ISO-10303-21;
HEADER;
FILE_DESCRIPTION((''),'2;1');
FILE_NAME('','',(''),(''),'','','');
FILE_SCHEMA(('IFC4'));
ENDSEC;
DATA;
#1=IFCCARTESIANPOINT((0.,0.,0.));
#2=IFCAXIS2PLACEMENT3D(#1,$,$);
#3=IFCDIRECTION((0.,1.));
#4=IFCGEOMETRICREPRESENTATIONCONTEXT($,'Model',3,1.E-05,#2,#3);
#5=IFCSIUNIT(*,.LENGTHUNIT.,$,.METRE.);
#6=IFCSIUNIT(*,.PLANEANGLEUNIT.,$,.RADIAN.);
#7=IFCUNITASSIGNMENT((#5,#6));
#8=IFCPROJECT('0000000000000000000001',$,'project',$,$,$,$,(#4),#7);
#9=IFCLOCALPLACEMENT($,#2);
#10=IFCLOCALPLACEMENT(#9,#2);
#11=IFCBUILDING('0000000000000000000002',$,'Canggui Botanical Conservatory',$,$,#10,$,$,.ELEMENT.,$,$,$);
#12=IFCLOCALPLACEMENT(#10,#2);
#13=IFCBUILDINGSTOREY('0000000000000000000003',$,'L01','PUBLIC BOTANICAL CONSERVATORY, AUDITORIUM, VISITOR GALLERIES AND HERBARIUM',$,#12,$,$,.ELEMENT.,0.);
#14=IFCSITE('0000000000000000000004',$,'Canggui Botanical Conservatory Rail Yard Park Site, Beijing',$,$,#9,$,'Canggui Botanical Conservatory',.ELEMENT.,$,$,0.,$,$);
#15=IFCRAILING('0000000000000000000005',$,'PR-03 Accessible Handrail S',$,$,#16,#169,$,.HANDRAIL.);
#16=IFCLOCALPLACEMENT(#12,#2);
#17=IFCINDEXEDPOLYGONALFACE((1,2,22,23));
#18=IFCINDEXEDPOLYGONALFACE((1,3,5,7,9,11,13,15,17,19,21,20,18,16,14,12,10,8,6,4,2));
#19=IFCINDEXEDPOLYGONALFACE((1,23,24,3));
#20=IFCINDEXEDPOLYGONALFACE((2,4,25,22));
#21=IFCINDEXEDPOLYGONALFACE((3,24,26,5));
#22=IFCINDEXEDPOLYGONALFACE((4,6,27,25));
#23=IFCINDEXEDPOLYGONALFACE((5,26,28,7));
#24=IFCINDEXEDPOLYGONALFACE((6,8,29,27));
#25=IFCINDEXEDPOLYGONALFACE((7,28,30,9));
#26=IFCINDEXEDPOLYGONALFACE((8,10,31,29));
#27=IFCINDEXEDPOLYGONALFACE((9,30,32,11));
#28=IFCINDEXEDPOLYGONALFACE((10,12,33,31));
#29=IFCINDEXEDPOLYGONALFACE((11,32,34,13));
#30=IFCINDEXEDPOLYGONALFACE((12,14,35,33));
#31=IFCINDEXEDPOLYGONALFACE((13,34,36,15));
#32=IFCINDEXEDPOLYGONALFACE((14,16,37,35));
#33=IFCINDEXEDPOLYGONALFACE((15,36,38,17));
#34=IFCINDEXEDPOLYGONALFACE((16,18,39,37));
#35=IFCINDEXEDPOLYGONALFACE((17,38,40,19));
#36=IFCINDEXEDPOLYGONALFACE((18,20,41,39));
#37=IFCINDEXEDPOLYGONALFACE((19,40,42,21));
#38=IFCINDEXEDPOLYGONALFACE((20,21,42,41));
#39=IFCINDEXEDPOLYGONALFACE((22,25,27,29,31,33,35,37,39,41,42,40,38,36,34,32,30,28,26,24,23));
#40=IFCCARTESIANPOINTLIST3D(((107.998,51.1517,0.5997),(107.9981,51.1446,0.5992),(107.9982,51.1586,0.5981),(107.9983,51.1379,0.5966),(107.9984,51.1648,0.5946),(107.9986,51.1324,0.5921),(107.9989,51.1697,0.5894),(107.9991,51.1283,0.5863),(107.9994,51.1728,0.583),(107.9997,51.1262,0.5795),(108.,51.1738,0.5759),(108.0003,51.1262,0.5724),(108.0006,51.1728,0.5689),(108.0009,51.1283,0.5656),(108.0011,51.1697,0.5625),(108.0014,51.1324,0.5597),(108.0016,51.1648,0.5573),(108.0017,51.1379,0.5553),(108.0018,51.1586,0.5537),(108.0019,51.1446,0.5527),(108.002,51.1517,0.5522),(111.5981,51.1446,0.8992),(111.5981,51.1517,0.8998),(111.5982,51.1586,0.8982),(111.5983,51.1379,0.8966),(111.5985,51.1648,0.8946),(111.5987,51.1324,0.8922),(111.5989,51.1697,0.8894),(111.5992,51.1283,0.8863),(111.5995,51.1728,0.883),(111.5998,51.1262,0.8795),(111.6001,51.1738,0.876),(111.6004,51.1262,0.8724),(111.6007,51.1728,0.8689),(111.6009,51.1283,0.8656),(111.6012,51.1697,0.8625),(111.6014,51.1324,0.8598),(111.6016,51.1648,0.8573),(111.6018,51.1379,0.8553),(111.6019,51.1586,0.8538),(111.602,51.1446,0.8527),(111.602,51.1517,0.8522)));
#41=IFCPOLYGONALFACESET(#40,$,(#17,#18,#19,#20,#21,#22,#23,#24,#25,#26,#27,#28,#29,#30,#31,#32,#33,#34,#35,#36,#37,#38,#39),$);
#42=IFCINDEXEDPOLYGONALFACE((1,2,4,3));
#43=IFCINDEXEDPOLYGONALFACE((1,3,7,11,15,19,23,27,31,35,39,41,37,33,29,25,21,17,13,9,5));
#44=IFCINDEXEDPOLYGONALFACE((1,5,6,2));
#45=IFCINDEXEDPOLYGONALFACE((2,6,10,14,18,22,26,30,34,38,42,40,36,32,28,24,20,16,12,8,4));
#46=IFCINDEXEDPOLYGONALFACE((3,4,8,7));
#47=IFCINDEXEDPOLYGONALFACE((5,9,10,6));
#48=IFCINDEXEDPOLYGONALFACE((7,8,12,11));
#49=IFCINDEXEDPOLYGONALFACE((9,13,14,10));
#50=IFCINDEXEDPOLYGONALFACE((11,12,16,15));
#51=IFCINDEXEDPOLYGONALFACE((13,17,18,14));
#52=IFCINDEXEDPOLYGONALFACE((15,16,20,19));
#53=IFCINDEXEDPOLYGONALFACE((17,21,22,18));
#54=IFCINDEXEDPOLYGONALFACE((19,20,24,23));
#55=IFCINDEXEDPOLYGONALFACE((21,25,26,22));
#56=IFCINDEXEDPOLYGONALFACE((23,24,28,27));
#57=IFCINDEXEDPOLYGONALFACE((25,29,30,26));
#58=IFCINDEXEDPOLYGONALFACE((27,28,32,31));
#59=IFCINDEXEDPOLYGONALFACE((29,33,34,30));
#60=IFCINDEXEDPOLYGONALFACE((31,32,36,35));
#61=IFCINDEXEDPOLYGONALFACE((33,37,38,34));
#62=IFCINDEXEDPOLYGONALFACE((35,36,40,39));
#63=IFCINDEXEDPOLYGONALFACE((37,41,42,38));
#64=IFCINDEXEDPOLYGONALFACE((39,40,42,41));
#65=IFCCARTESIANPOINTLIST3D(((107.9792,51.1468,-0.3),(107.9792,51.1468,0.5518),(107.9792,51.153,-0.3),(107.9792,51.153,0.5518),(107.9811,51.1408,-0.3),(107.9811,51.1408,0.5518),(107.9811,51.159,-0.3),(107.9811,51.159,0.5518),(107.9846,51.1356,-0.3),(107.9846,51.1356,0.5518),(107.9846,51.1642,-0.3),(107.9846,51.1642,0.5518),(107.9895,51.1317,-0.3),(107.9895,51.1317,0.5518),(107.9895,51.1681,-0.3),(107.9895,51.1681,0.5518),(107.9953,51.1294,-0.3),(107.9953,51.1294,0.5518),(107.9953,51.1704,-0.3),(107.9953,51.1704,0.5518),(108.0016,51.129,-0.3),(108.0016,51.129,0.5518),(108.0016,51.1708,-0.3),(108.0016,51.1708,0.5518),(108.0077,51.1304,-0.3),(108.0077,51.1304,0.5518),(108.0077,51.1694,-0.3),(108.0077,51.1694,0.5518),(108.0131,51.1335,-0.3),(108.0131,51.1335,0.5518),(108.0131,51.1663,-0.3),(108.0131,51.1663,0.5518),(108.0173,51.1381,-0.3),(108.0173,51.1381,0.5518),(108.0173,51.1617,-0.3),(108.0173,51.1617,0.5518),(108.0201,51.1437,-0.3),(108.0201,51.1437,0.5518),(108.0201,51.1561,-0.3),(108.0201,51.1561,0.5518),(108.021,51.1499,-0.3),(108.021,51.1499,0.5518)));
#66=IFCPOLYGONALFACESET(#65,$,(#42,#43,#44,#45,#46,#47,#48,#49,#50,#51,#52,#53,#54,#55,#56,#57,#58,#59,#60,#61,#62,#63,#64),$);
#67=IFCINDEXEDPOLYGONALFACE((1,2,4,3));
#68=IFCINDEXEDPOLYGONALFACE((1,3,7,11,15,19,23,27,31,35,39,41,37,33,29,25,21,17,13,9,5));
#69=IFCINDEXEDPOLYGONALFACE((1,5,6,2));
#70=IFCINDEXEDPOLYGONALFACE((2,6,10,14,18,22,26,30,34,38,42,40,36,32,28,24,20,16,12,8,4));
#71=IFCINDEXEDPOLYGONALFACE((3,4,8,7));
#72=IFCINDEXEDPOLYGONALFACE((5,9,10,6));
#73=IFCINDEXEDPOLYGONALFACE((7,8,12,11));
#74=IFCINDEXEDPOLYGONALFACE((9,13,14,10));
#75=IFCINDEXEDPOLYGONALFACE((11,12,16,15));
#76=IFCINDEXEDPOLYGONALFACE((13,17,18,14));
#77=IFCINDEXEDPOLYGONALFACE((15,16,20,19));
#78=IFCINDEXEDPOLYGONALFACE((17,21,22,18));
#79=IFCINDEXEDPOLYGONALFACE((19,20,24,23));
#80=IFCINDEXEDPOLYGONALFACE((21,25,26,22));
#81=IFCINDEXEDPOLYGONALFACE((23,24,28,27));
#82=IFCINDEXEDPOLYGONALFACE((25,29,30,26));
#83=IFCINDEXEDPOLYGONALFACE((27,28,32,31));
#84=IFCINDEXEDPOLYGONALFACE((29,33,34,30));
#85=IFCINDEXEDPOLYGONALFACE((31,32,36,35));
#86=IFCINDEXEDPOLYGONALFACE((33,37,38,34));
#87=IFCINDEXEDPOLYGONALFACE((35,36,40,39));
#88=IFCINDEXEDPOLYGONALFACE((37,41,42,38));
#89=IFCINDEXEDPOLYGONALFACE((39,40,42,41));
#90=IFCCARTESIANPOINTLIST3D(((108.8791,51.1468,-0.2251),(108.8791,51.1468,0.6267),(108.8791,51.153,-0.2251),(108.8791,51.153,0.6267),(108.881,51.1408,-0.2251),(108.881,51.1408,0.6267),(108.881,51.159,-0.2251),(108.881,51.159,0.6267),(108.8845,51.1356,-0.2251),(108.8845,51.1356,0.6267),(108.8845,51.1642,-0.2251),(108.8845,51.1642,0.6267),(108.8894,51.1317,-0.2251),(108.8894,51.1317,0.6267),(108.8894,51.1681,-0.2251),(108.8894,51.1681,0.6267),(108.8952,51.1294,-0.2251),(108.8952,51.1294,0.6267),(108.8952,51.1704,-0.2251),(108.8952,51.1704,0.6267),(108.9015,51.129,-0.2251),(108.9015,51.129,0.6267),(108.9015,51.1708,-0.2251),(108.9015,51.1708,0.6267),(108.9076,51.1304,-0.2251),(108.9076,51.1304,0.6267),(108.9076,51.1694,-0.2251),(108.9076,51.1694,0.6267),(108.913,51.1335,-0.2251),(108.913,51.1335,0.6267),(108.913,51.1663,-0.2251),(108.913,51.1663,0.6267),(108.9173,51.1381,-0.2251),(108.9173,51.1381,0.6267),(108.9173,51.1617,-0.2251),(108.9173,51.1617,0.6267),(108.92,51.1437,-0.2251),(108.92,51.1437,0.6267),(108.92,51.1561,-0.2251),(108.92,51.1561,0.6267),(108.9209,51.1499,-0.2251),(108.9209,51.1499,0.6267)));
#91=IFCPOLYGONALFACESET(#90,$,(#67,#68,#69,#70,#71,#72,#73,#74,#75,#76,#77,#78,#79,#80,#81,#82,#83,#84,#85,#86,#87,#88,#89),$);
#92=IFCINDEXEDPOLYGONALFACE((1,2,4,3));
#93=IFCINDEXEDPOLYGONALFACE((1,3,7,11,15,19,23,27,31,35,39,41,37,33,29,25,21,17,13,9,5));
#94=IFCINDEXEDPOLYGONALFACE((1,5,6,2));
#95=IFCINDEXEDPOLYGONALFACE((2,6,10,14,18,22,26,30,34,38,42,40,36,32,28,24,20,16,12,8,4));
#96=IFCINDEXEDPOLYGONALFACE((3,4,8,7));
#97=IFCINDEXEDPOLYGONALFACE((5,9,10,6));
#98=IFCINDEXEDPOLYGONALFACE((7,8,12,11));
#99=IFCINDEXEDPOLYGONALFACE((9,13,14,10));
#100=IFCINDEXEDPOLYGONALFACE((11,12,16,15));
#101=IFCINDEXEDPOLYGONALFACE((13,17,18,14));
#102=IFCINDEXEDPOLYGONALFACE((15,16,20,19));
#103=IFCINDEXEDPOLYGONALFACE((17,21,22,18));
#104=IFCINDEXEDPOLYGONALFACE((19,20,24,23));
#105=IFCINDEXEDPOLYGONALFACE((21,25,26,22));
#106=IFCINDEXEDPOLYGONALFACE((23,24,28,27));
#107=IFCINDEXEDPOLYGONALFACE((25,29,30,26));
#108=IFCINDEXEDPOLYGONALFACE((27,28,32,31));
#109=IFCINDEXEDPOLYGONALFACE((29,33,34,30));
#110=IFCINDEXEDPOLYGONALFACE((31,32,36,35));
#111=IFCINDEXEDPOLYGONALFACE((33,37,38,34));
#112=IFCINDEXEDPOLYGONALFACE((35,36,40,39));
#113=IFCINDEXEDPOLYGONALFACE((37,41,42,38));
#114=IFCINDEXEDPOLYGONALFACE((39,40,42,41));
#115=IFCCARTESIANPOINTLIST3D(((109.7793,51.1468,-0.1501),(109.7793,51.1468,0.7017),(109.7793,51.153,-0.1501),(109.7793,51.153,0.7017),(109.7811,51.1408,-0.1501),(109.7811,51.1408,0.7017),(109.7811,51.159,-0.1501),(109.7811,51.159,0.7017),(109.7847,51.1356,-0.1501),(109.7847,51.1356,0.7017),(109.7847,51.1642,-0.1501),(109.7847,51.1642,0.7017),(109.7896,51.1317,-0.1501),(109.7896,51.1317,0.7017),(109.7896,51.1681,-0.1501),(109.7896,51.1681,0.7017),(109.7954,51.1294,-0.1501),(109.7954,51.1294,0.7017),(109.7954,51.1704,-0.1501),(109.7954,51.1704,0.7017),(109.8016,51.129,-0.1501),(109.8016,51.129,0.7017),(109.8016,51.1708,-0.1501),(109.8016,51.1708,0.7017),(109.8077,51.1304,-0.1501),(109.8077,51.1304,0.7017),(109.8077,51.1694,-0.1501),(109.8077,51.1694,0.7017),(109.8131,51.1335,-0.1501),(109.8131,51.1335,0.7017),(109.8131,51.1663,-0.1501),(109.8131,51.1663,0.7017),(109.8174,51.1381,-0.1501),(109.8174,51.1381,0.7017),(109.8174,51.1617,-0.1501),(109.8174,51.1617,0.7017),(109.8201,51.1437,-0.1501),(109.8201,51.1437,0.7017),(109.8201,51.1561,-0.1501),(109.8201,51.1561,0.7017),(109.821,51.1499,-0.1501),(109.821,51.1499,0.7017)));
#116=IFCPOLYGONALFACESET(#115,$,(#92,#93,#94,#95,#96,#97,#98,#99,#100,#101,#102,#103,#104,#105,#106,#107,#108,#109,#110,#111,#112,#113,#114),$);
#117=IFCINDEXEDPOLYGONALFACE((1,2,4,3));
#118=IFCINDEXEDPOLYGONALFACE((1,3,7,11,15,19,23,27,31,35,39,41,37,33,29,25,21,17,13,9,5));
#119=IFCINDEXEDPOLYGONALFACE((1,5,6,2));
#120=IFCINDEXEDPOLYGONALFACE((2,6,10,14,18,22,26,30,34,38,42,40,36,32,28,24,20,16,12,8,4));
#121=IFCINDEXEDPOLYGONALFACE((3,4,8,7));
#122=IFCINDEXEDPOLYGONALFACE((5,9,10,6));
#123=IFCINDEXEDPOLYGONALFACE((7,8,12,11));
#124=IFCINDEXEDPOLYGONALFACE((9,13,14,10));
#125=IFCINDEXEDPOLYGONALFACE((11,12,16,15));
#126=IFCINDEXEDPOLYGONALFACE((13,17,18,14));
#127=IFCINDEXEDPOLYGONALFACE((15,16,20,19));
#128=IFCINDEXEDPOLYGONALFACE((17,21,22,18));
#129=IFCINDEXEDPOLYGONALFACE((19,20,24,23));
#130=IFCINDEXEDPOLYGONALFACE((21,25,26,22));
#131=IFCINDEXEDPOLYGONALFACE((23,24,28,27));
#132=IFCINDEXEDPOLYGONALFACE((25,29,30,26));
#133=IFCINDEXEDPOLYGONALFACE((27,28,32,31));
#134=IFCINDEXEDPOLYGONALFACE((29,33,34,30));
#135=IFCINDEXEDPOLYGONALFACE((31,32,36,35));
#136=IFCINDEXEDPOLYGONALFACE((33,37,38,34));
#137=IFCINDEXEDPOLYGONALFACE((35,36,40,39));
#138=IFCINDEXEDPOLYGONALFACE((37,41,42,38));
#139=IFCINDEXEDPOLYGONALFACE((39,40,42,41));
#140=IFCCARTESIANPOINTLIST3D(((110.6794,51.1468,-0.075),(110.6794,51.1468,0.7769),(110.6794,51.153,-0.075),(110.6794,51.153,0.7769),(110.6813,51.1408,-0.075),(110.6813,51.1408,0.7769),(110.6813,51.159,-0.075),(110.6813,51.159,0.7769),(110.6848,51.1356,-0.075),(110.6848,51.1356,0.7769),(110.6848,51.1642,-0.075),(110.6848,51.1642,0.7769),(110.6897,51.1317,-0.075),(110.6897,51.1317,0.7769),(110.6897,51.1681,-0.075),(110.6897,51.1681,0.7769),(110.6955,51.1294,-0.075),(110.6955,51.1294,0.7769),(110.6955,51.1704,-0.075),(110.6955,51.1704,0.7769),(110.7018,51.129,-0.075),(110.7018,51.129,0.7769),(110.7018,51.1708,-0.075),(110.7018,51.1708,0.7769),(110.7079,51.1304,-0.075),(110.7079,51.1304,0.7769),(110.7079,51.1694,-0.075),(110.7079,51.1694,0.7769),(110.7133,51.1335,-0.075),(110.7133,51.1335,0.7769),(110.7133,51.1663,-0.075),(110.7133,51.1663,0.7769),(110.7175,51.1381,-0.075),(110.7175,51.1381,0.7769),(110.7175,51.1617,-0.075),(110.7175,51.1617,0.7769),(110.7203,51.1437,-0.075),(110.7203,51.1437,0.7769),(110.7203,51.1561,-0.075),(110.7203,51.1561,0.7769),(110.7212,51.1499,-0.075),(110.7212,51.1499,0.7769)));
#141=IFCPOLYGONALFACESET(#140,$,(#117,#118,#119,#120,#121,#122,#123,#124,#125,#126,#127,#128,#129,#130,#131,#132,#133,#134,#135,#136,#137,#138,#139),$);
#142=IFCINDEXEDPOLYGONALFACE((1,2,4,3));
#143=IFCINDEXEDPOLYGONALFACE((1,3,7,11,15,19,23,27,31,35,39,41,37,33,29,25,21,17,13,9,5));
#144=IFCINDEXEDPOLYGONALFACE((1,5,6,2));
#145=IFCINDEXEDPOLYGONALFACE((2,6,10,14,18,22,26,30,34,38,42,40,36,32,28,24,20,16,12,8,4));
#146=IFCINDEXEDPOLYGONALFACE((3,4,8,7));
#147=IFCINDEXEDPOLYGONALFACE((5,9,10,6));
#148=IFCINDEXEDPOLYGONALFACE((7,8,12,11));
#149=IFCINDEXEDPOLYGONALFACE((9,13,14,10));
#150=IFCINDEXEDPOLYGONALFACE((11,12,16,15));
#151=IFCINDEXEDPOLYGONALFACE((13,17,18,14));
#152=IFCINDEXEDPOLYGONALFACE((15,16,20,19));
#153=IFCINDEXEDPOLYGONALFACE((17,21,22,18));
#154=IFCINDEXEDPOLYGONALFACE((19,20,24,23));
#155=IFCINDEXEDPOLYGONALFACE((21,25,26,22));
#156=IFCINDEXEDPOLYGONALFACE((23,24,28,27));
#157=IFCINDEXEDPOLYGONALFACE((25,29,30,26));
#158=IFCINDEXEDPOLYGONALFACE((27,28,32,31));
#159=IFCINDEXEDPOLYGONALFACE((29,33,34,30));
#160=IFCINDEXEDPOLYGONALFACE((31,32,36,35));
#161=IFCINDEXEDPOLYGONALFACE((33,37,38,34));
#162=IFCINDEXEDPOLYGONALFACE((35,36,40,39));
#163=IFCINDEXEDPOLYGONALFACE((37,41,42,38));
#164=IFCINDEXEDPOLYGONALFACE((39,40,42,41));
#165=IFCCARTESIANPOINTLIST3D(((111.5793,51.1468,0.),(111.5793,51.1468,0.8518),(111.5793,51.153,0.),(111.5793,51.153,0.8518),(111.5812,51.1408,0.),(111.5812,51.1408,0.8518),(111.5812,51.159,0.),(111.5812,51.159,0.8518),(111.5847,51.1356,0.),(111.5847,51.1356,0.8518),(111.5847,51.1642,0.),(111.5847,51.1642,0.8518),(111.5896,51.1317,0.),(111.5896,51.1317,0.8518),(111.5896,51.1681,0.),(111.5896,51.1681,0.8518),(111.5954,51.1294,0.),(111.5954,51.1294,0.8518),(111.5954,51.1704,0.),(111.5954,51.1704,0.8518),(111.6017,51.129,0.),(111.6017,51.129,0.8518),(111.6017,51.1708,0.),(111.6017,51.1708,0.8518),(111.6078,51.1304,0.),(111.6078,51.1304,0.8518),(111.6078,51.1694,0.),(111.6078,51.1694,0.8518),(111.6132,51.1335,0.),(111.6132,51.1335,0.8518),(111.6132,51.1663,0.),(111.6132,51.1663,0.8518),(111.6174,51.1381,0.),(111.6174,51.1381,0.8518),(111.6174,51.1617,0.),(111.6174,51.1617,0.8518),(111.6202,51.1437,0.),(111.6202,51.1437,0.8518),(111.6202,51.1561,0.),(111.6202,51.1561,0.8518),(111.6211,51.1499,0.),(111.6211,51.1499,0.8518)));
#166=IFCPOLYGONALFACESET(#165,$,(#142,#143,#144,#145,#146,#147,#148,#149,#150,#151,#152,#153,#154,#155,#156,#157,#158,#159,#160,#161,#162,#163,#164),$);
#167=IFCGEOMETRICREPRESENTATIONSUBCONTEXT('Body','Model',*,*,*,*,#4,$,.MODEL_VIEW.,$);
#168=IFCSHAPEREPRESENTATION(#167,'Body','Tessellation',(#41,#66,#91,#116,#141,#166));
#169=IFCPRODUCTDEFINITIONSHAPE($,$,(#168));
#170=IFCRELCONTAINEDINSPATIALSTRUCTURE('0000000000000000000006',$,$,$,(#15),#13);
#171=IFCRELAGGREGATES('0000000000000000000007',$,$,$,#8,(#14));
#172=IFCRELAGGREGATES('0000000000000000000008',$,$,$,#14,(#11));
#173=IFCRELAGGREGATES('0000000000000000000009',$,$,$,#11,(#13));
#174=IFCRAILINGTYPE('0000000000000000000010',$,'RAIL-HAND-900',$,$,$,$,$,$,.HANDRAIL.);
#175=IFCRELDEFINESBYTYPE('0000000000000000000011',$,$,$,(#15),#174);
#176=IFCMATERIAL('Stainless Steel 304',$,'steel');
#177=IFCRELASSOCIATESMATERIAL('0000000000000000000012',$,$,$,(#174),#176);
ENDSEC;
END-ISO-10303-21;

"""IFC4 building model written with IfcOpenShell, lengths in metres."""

from ifc_helpers import new_model, si_unit, direction, frame, origin, origin_2d, place, context, subcontext, project, spatial, circle, extrude, material, type_object, element, save


model = new_model("IFC4")

# Units and contexts
model_context = context("Model", 3, precision=1e-05, world=origin(), true_north=direction((0.0, 1.0)))
body_context = subcontext(model_context, "Body", "Model", "MODEL_VIEW")
ifc_project = project(units=[si_unit("LENGTHUNIT", "METRE"), si_unit("PLANEANGLEUNIT", "RADIAN")], contexts=[model_context])

# Site, building, storey
site_placement = place(None, origin())
site = spatial("IfcSite", under=ifc_project, at=site_placement, Name="Canggui Botanical Conservatory Rail Yard Park Site, Beijing", LongName="Canggui Botanical Conservatory", CompositionType="ELEMENT", RefElevation=0.0)
building_placement = place(site_placement, origin())
building = spatial("IfcBuilding", under=site, at=building_placement, Name="Canggui Botanical Conservatory", CompositionType="ELEMENT")
storey_placement = place(building_placement, origin())
storey = spatial("IfcBuildingStorey", under=building, at=storey_placement, Name="L01", Description="PUBLIC BOTANICAL CONSERVATORY, AUDITORIUM, VISITOR GALLERIES AND HERBARIUM", CompositionType="ELEMENT", Elevation=0.0)

# Railing
ifc_material_1 = material(Name="Stainless Steel 304", Category="steel")
railing_type = type_object("IfcRailingType", Name="RAIL-HAND-900", PredefinedType="HANDRAIL", material=ifc_material_1)
for number, where, name in (
    (1, (108.0, 51.1499, -0.3), "PR-03 Accessible Handrail S"),
):
    element("IfcRailing", number, at=place(storey_placement, frame(where)), inside=storey, type_object=railing_type, Name=name, PredefinedType="HANDRAIL", context=body_context, shape_type="SweptSolid", body=[
        extrude(circle(Radius=0.0239, at=origin_2d()), frame((0.0, 0.0, 0.876), z_axis=(0.996545, 0.0, 0.083057), x_axis=(0.0, 1.0, 0.0)), (0.0, 0.0, 1.0), 3.6125),
        extrude(circle(Radius=0.021, at=origin_2d()), origin(), (0.0, 0.0, 1.0), 0.8518),
        extrude(circle(Radius=0.021, at=origin_2d()), frame((0.8999, 0.0, 0.075)), (0.0, 0.0, 1.0), 0.8518),
        extrude(circle(Radius=0.021, at=origin_2d()), frame((1.8, 0.0, 0.1499)), (0.0, 0.0, 1.0), 0.8518),
        extrude(circle(Radius=0.021, at=origin_2d()), frame((2.7002, 0.0, 0.2251)), (0.0, 0.0, 1.0), 0.8518),
        extrude(circle(Radius=0.021, at=origin_2d()), frame((3.6001, 0.0, 0.3)), (0.0, 0.0, 1.0), 0.8518),
    ])

save(model, "model.ifc")
